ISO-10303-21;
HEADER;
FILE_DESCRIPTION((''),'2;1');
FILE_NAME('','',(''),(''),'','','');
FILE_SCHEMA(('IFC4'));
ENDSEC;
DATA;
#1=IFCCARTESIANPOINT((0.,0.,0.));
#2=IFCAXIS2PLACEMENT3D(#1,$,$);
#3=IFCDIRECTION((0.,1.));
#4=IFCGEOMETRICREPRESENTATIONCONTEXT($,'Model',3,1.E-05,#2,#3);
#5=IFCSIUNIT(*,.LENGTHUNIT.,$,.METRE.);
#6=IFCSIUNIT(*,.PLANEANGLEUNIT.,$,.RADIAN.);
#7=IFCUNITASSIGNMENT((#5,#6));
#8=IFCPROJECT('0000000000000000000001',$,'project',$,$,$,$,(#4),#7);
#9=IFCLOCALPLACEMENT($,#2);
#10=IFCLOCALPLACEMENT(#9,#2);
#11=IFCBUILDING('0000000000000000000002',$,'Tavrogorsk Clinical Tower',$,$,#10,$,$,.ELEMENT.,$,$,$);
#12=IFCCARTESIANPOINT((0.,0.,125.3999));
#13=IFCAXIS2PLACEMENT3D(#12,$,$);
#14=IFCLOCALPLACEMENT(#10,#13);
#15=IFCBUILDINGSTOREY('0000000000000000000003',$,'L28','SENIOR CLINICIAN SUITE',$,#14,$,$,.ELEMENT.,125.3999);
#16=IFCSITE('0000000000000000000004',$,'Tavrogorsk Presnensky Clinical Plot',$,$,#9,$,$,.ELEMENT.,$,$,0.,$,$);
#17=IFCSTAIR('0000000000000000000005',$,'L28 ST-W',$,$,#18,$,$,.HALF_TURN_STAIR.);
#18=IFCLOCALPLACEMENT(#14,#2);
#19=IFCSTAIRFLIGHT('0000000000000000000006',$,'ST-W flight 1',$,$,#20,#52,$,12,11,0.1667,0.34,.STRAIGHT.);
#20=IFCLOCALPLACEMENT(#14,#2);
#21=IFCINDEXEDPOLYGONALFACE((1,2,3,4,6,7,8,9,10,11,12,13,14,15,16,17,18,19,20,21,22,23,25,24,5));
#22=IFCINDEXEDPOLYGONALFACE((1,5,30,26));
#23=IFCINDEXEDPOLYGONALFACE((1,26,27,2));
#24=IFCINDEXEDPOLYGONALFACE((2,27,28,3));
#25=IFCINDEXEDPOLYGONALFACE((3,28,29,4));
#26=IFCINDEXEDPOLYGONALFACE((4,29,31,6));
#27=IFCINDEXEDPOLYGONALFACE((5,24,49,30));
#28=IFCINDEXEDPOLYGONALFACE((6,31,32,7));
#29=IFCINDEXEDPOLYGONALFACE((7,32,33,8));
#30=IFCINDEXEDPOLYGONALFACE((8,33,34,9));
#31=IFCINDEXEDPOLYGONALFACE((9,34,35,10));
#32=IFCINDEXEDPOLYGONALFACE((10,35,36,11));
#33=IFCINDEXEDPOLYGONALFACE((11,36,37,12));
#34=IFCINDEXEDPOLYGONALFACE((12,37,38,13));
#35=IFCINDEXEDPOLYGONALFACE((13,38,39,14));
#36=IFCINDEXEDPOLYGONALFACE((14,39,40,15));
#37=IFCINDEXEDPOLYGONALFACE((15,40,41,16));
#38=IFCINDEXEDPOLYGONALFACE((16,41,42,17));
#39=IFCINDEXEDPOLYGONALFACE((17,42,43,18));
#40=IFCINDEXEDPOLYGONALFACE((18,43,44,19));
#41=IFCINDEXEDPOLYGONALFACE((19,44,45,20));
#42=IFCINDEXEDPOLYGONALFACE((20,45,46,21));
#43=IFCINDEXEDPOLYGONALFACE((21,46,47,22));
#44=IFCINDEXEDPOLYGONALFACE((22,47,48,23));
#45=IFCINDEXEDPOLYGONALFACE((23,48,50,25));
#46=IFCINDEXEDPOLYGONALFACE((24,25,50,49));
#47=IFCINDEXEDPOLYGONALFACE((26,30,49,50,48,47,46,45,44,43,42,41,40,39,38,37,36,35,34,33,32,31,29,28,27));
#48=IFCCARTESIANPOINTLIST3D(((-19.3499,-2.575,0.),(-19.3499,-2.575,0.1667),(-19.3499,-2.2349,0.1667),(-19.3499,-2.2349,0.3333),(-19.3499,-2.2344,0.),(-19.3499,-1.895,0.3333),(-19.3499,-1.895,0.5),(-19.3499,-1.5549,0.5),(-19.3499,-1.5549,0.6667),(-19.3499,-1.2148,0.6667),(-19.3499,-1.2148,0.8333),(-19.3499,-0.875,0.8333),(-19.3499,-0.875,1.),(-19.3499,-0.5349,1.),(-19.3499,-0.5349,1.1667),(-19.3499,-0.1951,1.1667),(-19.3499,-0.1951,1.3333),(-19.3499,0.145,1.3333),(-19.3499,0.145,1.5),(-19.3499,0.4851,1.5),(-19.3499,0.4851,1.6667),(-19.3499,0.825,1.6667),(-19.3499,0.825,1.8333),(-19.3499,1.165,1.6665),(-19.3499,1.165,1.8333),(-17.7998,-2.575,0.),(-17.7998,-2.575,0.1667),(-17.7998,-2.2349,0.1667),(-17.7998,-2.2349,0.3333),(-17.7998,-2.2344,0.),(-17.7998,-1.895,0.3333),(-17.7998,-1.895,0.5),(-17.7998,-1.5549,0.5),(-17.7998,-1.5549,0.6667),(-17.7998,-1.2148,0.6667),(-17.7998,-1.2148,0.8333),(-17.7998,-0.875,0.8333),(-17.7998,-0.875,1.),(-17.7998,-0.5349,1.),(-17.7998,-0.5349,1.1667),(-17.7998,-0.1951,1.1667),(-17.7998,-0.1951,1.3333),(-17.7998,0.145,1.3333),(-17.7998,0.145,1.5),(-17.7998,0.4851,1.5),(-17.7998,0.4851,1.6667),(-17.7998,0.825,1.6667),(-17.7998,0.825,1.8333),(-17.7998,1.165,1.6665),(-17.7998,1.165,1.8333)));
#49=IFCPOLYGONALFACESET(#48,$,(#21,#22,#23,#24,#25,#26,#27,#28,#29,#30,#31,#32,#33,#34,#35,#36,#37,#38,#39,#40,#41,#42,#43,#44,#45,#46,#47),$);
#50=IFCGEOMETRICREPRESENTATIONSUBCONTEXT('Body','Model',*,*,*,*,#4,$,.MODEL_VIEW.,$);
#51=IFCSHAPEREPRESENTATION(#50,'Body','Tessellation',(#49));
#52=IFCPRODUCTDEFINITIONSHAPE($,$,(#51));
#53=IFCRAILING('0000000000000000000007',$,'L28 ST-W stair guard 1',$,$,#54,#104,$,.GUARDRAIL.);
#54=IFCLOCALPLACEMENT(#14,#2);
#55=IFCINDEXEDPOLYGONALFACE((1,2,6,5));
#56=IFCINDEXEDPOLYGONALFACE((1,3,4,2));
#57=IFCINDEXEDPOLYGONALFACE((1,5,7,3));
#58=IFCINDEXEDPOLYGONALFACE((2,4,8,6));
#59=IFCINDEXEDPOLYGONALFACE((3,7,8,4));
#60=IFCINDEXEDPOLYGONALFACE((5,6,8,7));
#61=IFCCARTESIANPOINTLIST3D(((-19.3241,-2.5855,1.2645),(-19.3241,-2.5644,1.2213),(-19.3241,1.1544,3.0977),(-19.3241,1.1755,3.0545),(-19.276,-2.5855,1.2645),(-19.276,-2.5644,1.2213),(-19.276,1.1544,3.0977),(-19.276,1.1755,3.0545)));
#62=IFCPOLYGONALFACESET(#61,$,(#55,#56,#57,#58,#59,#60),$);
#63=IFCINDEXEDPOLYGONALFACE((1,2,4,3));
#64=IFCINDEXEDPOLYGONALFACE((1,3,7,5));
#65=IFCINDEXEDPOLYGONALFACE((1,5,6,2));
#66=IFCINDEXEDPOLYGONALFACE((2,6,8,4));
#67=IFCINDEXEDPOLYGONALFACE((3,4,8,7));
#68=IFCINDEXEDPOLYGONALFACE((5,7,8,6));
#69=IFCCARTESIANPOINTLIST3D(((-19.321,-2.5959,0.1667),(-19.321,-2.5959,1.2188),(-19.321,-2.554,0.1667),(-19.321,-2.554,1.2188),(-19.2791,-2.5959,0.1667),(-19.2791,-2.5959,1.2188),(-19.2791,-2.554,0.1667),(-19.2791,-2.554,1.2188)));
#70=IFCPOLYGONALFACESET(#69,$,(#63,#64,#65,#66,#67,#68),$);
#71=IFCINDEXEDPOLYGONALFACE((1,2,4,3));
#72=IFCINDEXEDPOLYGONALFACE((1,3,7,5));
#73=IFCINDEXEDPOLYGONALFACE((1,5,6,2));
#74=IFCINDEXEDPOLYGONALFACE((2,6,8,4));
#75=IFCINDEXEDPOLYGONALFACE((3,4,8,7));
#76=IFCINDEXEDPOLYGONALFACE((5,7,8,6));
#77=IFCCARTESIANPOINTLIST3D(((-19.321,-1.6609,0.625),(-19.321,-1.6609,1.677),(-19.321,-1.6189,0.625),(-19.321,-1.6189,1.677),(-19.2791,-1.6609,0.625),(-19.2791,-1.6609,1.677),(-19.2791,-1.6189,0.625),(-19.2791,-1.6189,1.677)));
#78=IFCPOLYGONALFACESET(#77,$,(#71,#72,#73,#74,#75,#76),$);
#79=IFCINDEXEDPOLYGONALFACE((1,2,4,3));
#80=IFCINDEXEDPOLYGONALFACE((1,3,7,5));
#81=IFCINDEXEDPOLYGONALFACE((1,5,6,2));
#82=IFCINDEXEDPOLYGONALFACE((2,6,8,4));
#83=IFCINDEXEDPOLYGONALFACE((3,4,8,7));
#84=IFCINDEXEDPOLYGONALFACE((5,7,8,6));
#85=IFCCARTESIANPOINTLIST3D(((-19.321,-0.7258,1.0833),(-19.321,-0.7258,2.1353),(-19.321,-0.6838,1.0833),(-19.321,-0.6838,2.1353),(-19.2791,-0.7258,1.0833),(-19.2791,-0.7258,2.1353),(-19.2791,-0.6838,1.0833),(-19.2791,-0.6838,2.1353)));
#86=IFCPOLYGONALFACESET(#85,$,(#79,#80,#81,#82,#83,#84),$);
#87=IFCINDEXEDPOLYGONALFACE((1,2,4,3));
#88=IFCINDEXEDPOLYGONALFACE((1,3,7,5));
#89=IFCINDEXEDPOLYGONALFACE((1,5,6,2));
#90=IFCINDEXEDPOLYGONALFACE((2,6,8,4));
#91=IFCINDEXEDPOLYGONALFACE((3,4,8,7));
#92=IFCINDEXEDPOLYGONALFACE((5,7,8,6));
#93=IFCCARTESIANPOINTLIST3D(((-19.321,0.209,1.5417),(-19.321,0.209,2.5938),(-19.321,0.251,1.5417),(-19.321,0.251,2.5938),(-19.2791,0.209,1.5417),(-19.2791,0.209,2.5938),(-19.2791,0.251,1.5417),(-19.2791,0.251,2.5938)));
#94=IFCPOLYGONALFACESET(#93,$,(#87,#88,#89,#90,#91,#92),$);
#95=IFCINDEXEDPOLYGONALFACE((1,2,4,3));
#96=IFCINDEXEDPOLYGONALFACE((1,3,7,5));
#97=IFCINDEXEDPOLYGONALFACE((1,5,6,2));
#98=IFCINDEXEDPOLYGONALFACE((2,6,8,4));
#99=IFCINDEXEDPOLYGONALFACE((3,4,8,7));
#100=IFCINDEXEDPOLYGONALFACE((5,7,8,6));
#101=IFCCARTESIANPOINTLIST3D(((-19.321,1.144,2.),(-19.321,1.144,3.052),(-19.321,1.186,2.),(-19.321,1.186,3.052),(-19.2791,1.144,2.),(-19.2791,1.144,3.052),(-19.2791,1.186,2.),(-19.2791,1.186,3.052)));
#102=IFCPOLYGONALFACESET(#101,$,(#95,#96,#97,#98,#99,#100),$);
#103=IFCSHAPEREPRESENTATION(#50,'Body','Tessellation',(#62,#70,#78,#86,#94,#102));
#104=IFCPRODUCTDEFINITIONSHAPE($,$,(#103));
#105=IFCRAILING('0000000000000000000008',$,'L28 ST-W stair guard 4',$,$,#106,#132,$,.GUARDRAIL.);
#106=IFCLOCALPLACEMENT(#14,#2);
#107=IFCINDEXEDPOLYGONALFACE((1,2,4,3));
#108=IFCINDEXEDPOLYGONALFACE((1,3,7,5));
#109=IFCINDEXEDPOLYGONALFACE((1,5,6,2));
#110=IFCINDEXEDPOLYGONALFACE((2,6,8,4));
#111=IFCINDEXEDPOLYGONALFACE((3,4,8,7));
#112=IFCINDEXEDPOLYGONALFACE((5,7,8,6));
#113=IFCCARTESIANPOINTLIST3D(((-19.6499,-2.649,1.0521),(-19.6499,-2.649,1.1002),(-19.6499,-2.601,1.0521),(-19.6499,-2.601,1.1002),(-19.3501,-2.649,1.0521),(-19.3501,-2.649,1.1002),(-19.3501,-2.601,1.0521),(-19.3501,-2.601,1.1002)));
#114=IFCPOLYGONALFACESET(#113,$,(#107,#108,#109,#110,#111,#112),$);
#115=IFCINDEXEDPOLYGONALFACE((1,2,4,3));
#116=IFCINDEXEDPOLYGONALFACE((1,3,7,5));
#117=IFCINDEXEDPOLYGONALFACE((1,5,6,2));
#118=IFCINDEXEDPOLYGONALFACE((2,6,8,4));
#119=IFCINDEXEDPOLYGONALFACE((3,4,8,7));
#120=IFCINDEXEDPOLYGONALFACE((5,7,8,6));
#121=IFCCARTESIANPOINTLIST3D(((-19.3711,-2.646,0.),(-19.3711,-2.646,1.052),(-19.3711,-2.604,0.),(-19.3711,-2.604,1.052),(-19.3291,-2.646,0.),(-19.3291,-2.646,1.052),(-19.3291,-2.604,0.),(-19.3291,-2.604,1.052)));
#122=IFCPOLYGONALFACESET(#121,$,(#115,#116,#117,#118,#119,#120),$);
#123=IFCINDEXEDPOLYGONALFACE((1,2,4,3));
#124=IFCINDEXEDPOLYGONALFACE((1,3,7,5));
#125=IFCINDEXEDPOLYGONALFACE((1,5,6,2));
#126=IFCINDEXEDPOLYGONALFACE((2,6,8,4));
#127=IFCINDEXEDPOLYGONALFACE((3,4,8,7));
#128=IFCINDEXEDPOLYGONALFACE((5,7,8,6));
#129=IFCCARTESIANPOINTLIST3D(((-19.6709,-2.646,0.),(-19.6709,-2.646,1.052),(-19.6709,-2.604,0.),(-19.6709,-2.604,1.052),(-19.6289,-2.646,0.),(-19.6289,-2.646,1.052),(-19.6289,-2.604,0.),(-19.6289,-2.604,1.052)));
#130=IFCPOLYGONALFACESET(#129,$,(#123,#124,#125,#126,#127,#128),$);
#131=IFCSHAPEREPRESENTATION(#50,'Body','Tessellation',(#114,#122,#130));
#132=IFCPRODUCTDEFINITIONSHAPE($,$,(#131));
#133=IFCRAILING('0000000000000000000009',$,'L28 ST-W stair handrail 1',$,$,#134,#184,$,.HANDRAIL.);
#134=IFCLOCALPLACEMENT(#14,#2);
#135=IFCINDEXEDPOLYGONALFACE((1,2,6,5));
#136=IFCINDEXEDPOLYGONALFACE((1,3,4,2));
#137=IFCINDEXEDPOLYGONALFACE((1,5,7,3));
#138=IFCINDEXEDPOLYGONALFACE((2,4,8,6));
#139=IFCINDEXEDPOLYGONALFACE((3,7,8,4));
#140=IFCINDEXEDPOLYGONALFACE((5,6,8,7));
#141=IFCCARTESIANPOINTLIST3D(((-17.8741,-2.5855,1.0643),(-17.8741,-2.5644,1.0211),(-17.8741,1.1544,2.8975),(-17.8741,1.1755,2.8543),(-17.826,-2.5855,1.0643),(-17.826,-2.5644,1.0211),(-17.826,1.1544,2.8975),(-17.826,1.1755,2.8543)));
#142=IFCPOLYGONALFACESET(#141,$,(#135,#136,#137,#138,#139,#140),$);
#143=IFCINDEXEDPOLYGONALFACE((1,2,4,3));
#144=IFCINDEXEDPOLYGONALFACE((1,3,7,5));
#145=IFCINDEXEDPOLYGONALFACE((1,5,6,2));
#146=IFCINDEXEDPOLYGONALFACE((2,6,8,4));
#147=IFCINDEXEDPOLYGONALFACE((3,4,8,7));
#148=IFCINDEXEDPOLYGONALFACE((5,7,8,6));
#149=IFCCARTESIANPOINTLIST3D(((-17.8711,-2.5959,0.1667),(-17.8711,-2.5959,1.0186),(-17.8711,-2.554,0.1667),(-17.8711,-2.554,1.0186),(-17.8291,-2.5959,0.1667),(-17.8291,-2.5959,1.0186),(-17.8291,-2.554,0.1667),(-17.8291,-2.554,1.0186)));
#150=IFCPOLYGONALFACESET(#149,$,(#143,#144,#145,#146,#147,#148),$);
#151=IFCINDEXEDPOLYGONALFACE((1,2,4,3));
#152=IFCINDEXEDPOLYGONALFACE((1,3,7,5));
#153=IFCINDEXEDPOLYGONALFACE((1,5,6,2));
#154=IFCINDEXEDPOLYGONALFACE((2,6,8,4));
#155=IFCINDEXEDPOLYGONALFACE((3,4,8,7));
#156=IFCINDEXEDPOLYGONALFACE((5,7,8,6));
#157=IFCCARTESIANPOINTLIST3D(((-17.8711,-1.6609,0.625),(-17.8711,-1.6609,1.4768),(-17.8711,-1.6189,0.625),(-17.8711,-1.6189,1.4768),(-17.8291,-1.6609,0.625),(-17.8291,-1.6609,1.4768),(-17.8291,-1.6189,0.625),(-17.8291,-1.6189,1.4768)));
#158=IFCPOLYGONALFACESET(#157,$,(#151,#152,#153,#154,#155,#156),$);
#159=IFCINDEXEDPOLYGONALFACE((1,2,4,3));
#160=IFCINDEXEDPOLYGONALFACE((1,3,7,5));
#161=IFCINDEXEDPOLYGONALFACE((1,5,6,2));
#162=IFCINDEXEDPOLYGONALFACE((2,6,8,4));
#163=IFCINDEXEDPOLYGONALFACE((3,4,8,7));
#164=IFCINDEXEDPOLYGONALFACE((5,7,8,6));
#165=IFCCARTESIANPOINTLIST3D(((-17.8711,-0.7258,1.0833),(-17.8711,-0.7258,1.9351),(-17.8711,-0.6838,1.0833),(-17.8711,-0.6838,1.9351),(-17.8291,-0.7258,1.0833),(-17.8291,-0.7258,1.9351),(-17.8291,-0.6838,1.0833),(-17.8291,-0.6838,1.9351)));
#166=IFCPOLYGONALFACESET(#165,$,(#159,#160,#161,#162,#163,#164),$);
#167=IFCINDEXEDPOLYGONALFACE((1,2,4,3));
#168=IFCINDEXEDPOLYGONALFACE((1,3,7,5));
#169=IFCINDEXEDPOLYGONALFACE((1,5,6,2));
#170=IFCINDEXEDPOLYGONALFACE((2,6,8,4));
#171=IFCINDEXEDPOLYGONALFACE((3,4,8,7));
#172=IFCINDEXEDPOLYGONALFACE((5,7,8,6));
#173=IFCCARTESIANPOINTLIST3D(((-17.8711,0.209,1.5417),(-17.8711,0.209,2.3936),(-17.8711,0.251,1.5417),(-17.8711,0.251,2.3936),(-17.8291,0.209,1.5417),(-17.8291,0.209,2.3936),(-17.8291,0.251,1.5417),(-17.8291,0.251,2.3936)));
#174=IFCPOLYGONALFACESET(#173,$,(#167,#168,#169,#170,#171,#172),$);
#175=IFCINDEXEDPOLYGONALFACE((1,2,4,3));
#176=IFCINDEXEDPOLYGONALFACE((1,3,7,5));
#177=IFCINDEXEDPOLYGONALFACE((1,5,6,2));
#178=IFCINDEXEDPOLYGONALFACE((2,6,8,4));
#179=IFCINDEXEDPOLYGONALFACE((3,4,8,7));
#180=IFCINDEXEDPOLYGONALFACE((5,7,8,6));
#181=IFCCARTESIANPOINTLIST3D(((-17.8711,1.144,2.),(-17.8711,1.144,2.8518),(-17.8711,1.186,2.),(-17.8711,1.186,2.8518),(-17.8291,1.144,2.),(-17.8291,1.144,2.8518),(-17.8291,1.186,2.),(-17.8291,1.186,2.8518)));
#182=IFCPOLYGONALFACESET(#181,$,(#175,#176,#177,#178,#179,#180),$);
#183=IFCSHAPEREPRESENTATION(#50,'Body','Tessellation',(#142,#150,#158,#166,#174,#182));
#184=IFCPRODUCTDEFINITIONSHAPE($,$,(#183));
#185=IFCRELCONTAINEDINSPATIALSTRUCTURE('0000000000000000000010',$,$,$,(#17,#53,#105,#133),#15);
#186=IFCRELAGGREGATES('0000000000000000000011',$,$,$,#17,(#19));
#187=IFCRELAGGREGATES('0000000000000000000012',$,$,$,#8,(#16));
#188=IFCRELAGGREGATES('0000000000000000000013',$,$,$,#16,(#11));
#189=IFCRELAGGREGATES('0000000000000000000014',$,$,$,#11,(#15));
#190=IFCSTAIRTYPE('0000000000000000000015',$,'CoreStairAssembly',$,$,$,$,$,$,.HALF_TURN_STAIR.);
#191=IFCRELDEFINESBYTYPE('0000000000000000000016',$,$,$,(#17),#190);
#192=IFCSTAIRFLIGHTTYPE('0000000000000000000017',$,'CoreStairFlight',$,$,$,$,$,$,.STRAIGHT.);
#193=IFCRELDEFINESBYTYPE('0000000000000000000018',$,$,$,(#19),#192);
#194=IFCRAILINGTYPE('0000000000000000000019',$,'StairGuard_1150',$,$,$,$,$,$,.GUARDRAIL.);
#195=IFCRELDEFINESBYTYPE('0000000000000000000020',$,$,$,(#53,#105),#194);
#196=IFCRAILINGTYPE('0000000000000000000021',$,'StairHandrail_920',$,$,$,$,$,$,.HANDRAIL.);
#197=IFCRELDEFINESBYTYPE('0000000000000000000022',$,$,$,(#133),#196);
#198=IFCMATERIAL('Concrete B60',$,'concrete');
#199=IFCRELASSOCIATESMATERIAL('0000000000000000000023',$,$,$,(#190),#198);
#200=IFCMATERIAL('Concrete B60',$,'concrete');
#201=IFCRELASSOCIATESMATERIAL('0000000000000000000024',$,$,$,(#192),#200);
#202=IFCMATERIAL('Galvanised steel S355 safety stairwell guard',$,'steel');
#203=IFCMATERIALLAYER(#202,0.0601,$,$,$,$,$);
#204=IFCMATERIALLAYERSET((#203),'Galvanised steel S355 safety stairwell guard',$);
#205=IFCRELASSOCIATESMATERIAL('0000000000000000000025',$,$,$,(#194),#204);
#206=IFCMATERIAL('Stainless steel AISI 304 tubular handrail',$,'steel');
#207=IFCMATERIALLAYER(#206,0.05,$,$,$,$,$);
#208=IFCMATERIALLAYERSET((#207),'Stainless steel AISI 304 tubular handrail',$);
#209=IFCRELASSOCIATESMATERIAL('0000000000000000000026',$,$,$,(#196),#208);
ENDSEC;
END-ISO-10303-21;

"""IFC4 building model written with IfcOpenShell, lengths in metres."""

from ifc_helpers import new_model, si_unit, direction, frame, origin, origin_2d, place, context, subcontext, project, spatial, polyline, rectangle, outline, extrude, material, layer, layer_set, type_object, element, aggregate, save


model = new_model("IFC4")

# Units and contexts
model_context = context("Model", 3, precision=1e-05, world=origin(), true_north=direction((0.0, 1.0)))
body_context = subcontext(model_context, "Body", "Model", "MODEL_VIEW")
ifc_project = project(units=[si_unit("LENGTHUNIT", "METRE"), si_unit("PLANEANGLEUNIT", "RADIAN")], contexts=[model_context])

# Site, building, storey
site_placement = place(None, origin())
site = spatial("IfcSite", under=ifc_project, at=site_placement, Name="Tavrogorsk Presnensky Clinical Plot", CompositionType="ELEMENT", RefElevation=0.0)
building_placement = place(site_placement, origin())
building = spatial("IfcBuilding", under=site, at=building_placement, Name="Tavrogorsk Clinical Tower", CompositionType="ELEMENT")
storey_placement = place(building_placement, frame((0.0, 0.0, 125.3999)))
storey = spatial("IfcBuildingStorey", under=building, at=storey_placement, Name="L28", Description="SENIOR CLINICIAN SUITE", CompositionType="ELEMENT", Elevation=125.3999)

# Stair, stair flight
ifc_material_1 = material(Name="Concrete B60", Category="concrete")
stair_type = type_object("IfcStairType", Name="CoreStairAssembly", PredefinedType="HALF_TURN_STAIR", material=ifc_material_1)
stair_placement = place(storey_placement, origin())
stair = element("IfcStair", 1, at=stair_placement, inside=storey, type_object=stair_type, Name="L28 ST-W", PredefinedType="HALF_TURN_STAIR")
ifc_material_2 = material(Name="Concrete B60", Category="concrete")
stair_flight_type = type_object("IfcStairFlightType", Name="CoreStairFlight", PredefinedType="STRAIGHT", material=ifc_material_2)
stair_flight_placement = place(storey_placement, frame((-18.575, -2.575, 0.0), z_axis=(0.0, 0.0, 1.0), x_axis=(0.0, 1.0, 0.0)))
stair_flight = element("IfcStairFlight", 2, at=stair_flight_placement, type_object=stair_flight_type, Name="ST-W flight 1", NumberOfRisers=12, NumberOfTreads=11, PredefinedType="STRAIGHT", RiserHeight=0.1667, TreadLength=0.34, context=body_context, shape_type="SweptSolid", body=[
    extrude(outline(polyline([(0.0, 0.0), (0.0, 0.1667), (0.3401, 0.1667), (0.3401, 0.3333), (0.6799, 0.3333), (0.6799, 0.5), (1.02, 0.5), (1.02, 0.6667), (1.3601, 0.6667), (1.3601, 0.8333), (1.7, 0.8333), (1.7, 1.0), (2.04, 1.0), (2.04, 1.1667), (2.3799, 1.1667), (2.3799, 1.3333), (2.72, 1.3333), (2.72, 1.5), (3.0601, 1.5), (3.0601, 1.6667), (3.3999, 1.6667), (3.3999, 1.8333), (3.74, 1.8333), (3.74, 2.0), (3.74, 1.6665), (0.3406, 0.0), (0.0, 0.0)])), frame((0.0, 0.7749, 0.0), z_axis=(0.0, -1.0, 0.0), x_axis=(1.0, 0.0, 0.0)), (0.0, 0.0, 1.0), 1.55),
])
aggregate(stair, [stair_flight])

# Railings
ifc_material_3 = material(Name="Galvanised steel S355 safety stairwell guard", Category="steel")
ifc_layer_1 = layer(ifc_material_3, 0.0601)
ifc_layer_set_1 = layer_set([ifc_layer_1], Name="Galvanised steel S355 safety stairwell guard")
railing_type_1 = type_object("IfcRailingType", Name="StairGuard_1150", PredefinedType="GUARDRAIL", material=ifc_layer_set_1)
railing_1_placement = place(storey_placement, frame((-19.3, -2.575, 0.1667)))
element("IfcRailing", 3, at=railing_1_placement, inside=storey, type_object=railing_type_1, Name="L28 ST-W stair guard 1", PredefinedType="GUARDRAIL", context=body_context, shape_type="SweptSolid", body=[
    extrude(rectangle(XDim=0.0481, YDim=0.0481, at=origin_2d()), frame((0.0, 0.0, 1.0762), z_axis=(0.0, 0.897928, 0.440142), x_axis=(-1.0, 0.0, 0.0)), (0.0, 0.0, 1.0), 4.165),
    extrude(rectangle(XDim=0.042, YDim=0.042, at=origin_2d()), origin(), (0.0, 0.0, 1.0), 1.052),
    extrude(rectangle(XDim=0.042, YDim=0.042, at=origin_2d()), frame((0.0, 0.9351, 0.4583)), (0.0, 0.0, 1.0), 1.052),
    extrude(rectangle(XDim=0.042, YDim=0.042, at=origin_2d()), frame((0.0, 1.8701, 0.9165)), (0.0, 0.0, 1.0), 1.052),
    extrude(rectangle(XDim=0.042, YDim=0.042, at=origin_2d()), frame((0.0, 2.8049, 1.375)), (0.0, 0.0, 1.0), 1.052),
    extrude(rectangle(XDim=0.042, YDim=0.042, at=origin_2d()), frame((0.0, 3.74, 1.8333)), (0.0, 0.0, 1.0), 1.052),
])
railing_2_placement = place(storey_placement, frame((-19.3501, -2.625, 0.0)))
element("IfcRailing", 4, at=railing_2_placement, inside=storey, type_object=railing_type_1, Name="L28 ST-W stair guard 4", PredefinedType="GUARDRAIL", context=body_context, shape_type="SweptSolid", body=[
    extrude(rectangle(XDim=0.0481, YDim=0.0481, at=origin_2d()), frame((0.0, 0.0, 1.0762), z_axis=(-1.0, 0.0, 0.0), x_axis=(0.0, -1.0, 0.0)), (0.0, 0.0, 1.0), 0.2998),
    extrude(rectangle(XDim=0.042, YDim=0.042, at=origin_2d()), origin(), (0.0, 0.0, 1.0), 1.052),
    extrude(rectangle(XDim=0.042, YDim=0.042, at=origin_2d()), frame((-0.2998, 0.0, 0.0)), (0.0, 0.0, 1.0), 1.052),
])
ifc_material_4 = material(Name="Stainless steel AISI 304 tubular handrail", Category="steel")
ifc_layer_2 = layer(ifc_material_4, 0.05)
ifc_layer_set_2 = layer_set([ifc_layer_2], Name="Stainless steel AISI 304 tubular handrail")
railing_type_2 = type_object("IfcRailingType", Name="StairHandrail_920", PredefinedType="HANDRAIL", material=ifc_layer_set_2)
railing_3_placement = place(storey_placement, frame((-17.8501, -2.575, 0.1667)))
element("IfcRailing", 5, at=railing_3_placement, inside=storey, type_object=railing_type_2, Name="L28 ST-W stair handrail 1", PredefinedType="HANDRAIL", context=body_context, shape_type="SweptSolid", body=[
    extrude(rectangle(XDim=0.0481, YDim=0.0481, at=origin_2d()), frame((0.0, 0.0, 0.876), z_axis=(0.0, 0.897928, 0.440142), x_axis=(-1.0, 0.0, 0.0)), (0.0, 0.0, 1.0), 4.165),
    extrude(rectangle(XDim=0.042, YDim=0.042, at=origin_2d()), origin(), (0.0, 0.0, 1.0), 0.8518),
    extrude(rectangle(XDim=0.042, YDim=0.042, at=origin_2d()), frame((0.0, 0.9351, 0.4583)), (0.0, 0.0, 1.0), 0.8518),
    extrude(rectangle(XDim=0.042, YDim=0.042, at=origin_2d()), frame((0.0, 1.8701, 0.9165)), (0.0, 0.0, 1.0), 0.8518),
    extrude(rectangle(XDim=0.042, YDim=0.042, at=origin_2d()), frame((0.0, 2.8049, 1.375)), (0.0, 0.0, 1.0), 0.8518),
    extrude(rectangle(XDim=0.042, YDim=0.042, at=origin_2d()), frame((0.0, 3.74, 1.8333)), (0.0, 0.0, 1.0), 0.8518),
])

save(model, "model.ifc")
